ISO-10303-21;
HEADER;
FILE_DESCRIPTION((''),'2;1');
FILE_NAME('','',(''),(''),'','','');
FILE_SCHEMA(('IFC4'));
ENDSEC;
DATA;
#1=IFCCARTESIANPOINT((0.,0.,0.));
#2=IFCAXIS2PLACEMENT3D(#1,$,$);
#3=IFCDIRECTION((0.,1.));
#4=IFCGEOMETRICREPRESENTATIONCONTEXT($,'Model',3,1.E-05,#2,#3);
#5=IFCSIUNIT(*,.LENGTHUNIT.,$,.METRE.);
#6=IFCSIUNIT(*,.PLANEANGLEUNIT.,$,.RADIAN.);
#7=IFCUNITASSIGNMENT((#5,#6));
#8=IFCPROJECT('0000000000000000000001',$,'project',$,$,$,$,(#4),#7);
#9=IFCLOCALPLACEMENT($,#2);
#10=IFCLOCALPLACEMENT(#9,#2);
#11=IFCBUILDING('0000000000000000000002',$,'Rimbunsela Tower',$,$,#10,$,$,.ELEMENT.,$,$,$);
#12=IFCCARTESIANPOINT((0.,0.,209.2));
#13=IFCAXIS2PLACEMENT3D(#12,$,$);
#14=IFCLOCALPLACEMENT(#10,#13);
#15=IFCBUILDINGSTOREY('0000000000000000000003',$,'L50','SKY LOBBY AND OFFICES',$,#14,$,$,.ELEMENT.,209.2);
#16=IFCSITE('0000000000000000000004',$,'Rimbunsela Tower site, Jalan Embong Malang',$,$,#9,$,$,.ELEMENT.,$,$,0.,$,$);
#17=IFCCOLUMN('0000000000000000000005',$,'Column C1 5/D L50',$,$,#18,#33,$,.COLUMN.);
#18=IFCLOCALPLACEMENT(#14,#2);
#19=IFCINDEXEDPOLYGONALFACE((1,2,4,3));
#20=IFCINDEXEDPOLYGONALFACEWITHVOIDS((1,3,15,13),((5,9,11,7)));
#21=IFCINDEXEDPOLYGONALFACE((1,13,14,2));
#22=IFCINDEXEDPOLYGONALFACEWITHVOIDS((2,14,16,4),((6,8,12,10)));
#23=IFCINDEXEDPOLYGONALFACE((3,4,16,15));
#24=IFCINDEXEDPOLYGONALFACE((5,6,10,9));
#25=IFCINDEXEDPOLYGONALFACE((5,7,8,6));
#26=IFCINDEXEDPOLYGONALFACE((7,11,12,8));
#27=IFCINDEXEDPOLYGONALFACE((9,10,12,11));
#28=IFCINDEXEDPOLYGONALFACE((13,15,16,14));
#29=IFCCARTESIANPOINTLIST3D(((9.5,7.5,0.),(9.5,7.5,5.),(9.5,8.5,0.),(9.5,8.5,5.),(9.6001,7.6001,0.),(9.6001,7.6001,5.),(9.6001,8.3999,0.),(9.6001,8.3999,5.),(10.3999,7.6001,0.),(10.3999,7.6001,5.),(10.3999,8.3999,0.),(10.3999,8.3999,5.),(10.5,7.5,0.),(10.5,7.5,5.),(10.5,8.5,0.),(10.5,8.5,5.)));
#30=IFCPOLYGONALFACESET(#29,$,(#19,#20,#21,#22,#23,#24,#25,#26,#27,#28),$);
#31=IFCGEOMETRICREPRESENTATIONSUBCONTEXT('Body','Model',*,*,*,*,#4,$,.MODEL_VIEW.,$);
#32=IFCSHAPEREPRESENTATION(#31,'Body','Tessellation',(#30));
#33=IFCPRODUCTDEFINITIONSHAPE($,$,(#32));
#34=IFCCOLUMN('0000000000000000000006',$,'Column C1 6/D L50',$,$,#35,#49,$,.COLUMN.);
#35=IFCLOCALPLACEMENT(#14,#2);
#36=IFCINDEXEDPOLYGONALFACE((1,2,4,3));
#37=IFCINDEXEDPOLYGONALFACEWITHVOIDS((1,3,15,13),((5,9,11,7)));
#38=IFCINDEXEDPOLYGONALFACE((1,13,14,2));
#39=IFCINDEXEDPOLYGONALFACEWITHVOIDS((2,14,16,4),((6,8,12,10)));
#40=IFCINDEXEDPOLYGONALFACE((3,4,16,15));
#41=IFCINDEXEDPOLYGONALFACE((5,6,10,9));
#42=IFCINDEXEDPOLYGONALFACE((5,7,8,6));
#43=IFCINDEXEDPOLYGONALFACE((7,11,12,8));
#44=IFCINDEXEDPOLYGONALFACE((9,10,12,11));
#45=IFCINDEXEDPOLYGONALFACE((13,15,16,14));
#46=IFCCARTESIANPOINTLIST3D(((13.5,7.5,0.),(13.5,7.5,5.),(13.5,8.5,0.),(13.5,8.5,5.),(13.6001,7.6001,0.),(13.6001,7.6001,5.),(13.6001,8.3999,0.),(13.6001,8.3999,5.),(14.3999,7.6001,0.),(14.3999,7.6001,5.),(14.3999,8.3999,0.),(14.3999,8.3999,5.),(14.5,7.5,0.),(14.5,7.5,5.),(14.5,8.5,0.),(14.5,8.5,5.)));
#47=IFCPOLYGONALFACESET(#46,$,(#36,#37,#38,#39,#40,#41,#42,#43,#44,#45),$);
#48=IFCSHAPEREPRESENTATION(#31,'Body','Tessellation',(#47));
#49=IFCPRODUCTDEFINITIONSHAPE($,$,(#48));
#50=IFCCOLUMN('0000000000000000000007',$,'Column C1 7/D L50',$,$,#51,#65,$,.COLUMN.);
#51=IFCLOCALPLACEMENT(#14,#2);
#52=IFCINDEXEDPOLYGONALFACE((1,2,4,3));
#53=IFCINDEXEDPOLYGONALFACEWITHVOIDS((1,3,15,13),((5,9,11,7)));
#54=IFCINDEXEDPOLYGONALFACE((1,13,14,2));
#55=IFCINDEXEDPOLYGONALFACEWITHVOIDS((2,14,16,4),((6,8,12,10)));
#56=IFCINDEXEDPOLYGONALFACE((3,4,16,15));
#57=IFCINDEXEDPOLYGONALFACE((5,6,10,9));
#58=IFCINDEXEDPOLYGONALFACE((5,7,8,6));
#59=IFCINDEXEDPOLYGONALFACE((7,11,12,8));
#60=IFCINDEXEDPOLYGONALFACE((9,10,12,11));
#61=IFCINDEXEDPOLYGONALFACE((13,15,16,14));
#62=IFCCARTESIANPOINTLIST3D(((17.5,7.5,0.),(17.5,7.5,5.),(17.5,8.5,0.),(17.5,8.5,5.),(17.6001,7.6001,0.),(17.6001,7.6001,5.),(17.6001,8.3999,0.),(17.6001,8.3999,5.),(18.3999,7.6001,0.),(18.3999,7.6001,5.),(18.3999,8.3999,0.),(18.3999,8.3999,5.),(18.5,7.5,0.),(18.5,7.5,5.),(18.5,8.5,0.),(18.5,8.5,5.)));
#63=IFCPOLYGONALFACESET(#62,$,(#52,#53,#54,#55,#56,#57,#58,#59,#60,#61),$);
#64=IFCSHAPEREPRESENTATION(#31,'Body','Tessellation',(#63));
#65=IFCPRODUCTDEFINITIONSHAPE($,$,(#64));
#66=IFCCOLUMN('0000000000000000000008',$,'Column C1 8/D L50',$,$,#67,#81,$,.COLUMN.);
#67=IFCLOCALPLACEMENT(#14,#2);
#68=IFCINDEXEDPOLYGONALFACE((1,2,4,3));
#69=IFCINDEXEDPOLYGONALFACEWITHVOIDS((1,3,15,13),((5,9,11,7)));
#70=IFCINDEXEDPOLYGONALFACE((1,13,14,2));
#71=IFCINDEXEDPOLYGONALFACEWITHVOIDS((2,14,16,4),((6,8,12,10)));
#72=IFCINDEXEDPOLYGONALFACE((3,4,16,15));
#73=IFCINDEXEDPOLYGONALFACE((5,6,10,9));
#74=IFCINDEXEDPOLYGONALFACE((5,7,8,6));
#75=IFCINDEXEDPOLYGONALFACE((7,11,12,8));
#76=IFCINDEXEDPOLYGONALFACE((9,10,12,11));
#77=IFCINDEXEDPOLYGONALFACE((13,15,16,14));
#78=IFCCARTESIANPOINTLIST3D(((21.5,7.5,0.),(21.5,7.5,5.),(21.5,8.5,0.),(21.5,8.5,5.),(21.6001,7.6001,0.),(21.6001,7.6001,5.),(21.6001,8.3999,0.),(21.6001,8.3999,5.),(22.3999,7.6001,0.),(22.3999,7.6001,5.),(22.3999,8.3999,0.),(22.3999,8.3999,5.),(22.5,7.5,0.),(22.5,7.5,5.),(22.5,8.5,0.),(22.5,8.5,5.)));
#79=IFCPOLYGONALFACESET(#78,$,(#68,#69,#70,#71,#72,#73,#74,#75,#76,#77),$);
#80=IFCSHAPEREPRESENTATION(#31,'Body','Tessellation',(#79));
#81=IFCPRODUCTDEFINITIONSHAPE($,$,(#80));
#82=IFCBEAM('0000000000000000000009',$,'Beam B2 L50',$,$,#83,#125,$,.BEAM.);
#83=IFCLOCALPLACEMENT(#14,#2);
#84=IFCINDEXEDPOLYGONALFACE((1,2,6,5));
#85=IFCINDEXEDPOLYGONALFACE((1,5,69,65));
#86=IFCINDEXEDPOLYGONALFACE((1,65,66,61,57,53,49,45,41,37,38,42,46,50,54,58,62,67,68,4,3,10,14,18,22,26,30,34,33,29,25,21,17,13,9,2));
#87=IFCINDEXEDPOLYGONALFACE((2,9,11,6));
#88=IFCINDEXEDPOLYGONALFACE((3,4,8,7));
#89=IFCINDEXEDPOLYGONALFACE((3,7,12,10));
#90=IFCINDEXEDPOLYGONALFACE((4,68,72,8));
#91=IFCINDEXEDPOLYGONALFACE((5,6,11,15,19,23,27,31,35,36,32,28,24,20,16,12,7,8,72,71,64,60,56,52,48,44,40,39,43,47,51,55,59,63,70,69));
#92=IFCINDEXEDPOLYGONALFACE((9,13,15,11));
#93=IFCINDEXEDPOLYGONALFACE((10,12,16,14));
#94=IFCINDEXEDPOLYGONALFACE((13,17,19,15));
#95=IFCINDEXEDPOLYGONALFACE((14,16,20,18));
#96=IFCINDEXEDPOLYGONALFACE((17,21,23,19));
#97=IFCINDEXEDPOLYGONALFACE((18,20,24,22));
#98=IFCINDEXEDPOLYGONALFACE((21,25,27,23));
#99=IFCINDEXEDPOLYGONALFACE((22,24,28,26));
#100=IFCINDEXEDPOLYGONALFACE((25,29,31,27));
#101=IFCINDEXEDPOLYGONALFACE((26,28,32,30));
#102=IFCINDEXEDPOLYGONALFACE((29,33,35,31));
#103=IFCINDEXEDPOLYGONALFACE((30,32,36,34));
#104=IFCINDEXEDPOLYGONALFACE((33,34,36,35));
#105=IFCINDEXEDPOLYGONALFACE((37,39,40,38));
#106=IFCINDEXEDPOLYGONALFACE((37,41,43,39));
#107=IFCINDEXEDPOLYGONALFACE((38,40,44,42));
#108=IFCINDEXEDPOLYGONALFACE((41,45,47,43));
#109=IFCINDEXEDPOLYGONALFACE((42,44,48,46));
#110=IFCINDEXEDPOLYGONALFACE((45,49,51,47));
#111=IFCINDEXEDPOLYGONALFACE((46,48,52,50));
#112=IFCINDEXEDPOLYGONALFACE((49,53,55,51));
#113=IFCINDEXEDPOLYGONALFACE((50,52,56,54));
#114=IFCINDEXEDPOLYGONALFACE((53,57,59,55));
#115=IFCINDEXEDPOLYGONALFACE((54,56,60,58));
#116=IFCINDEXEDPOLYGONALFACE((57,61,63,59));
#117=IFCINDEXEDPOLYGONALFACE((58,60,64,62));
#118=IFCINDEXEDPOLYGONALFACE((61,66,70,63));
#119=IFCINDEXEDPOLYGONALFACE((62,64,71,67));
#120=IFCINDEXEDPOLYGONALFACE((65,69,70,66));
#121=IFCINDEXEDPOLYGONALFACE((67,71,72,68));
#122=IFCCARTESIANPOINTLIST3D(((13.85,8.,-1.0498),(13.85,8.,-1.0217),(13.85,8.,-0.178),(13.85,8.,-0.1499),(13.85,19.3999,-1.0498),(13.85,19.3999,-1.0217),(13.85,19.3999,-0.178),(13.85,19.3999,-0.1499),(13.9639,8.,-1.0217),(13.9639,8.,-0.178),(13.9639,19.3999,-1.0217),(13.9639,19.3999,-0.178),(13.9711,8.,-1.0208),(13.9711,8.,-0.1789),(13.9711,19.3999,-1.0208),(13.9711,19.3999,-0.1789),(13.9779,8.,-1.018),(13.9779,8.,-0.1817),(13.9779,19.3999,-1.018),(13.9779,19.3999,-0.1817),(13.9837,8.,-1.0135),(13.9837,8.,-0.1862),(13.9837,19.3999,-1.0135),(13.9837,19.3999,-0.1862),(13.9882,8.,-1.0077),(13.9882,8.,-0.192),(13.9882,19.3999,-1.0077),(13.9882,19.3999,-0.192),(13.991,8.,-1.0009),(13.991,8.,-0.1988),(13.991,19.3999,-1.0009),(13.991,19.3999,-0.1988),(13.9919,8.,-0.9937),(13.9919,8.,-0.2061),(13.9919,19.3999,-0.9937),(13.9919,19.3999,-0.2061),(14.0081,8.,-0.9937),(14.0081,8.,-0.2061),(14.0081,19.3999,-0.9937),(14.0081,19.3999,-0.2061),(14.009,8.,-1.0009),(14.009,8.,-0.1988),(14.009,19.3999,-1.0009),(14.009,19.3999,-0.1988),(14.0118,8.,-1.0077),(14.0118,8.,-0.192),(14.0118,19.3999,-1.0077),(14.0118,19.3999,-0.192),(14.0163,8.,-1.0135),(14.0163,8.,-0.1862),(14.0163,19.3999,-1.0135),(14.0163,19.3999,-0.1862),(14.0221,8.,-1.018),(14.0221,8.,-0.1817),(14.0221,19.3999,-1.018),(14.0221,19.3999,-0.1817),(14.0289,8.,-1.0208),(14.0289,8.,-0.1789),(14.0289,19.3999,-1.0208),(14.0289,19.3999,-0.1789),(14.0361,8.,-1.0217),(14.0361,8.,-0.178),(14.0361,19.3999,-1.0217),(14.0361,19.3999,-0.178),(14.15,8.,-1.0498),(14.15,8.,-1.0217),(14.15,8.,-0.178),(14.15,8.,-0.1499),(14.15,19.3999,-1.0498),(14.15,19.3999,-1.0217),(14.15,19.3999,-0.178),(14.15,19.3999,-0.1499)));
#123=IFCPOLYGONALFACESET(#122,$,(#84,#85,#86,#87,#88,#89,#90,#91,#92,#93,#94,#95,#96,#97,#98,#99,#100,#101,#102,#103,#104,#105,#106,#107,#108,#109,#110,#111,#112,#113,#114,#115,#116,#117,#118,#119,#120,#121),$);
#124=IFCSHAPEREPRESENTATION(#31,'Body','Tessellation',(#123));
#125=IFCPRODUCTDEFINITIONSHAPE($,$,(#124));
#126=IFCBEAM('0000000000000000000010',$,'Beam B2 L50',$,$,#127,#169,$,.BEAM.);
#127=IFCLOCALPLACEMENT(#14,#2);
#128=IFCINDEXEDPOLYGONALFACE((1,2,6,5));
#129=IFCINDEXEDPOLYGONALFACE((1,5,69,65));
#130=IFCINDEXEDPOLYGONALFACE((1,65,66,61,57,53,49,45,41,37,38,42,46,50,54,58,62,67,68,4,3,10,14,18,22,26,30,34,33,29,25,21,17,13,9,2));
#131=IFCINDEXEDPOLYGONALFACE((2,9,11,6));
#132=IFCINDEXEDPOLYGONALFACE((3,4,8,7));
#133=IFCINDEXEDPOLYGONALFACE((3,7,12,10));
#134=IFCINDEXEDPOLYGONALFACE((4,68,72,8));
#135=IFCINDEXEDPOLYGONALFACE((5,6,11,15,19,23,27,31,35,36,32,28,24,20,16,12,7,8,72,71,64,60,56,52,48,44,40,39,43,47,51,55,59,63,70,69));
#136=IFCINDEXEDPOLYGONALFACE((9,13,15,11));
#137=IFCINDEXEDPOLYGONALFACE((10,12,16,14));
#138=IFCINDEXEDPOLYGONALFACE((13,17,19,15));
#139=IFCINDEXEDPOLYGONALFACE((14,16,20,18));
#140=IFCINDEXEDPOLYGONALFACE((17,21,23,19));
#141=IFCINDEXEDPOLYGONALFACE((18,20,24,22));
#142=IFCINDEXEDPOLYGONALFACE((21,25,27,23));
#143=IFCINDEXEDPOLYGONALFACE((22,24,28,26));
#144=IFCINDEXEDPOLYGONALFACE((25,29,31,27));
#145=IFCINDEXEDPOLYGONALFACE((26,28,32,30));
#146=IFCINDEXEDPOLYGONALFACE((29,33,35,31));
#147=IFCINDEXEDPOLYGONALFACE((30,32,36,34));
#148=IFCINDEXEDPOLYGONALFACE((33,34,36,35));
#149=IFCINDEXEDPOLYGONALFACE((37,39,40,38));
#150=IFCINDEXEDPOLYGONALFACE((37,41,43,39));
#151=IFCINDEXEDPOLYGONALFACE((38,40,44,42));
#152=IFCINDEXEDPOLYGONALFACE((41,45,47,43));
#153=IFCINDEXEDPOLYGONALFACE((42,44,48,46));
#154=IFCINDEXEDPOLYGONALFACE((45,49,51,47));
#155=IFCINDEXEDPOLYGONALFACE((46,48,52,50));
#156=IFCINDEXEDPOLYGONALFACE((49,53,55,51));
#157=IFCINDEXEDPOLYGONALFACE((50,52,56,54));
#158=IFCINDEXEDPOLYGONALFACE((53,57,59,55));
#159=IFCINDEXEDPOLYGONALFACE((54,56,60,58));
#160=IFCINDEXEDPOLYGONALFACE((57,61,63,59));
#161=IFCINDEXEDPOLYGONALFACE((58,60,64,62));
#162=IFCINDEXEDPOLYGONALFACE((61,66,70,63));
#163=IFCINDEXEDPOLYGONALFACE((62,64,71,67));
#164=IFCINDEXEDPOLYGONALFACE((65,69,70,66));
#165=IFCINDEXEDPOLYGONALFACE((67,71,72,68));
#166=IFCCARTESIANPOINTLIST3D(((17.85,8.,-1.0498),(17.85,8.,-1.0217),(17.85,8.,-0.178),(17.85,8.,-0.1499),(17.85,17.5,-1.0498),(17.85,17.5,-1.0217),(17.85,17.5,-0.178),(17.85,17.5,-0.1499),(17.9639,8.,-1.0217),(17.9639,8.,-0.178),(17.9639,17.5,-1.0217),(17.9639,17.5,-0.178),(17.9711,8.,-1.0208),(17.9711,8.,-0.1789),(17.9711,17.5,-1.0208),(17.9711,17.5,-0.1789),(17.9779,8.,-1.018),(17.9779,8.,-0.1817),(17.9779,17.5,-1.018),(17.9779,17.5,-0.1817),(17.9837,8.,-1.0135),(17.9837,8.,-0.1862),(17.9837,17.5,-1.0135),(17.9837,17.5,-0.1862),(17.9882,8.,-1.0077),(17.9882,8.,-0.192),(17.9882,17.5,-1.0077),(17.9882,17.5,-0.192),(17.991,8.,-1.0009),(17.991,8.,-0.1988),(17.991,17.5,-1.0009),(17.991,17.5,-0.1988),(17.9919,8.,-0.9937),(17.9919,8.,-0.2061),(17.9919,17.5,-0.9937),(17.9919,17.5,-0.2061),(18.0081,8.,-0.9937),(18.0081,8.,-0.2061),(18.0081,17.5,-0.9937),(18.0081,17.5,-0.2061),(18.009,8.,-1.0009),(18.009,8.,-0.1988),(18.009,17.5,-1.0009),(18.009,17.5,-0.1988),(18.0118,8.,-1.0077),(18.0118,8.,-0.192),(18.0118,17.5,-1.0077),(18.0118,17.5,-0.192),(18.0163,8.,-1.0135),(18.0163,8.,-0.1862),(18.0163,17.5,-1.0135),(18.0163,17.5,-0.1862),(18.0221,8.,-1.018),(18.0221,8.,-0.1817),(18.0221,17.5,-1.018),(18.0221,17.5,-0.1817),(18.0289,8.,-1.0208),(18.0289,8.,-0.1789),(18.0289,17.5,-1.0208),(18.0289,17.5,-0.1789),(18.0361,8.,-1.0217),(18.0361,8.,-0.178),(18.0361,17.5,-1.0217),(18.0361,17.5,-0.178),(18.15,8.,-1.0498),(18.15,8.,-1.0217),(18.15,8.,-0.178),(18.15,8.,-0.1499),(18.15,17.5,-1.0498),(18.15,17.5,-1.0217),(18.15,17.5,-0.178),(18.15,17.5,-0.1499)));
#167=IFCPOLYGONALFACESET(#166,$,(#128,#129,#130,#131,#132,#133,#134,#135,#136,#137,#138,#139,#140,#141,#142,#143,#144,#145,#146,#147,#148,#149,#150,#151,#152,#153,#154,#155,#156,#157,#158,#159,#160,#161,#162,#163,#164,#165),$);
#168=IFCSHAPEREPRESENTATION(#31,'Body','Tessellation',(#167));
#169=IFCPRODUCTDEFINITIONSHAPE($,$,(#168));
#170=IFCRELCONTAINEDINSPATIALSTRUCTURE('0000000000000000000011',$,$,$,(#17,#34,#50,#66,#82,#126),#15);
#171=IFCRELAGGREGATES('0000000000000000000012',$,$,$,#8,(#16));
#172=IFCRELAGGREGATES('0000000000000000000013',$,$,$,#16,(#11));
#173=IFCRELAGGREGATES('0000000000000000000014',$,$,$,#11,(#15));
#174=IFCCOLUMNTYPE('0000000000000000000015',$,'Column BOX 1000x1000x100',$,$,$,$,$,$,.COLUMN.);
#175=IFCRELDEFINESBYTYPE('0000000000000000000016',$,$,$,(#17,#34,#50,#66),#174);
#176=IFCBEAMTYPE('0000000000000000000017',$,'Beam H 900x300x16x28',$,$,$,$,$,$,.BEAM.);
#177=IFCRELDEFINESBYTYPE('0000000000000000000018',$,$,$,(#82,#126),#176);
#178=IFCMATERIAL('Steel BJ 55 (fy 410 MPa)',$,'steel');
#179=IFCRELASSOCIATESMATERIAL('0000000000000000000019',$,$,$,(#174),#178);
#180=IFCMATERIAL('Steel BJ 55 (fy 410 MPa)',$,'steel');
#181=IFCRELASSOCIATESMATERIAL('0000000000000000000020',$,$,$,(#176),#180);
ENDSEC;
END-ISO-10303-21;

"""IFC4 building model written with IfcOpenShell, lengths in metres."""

from ifc_helpers import new_model, si_unit, direction, frame, origin, origin_2d, place, context, subcontext, project, spatial, hollow_rectangle, i_section, extrude, material, material_profile, profile_set, type_object, element, save


model = new_model("IFC4")

# Units and contexts
model_context = context("Model", 3, precision=1e-05, world=origin(), true_north=direction((0.0, 1.0)))
body_context = subcontext(model_context, "Body", "Model", "MODEL_VIEW")
ifc_project = project(units=[si_unit("LENGTHUNIT", "METRE"), si_unit("PLANEANGLEUNIT", "RADIAN")], contexts=[model_context])

# Site, building, storey
site_placement = place(None, origin())
site = spatial("IfcSite", under=ifc_project, at=site_placement, Name="Rimbunsela Tower site, Jalan Embong Malang", CompositionType="ELEMENT", RefElevation=0.0)
building_placement = place(site_placement, origin())
building = spatial("IfcBuilding", under=site, at=building_placement, Name="Rimbunsela Tower", CompositionType="ELEMENT")
storey_placement = place(building_placement, frame((0.0, 0.0, 209.2)))
storey = spatial("IfcBuildingStorey", under=building, at=storey_placement, Name="L50", Description="SKY LOBBY AND OFFICES", CompositionType="ELEMENT", Elevation=209.2)

# Columns
ifc_material_1 = material(Name="Steel BJ 55 (fy 410 MPa)", Category="steel")
ifc_material_profile_1 = material_profile(ifc_material_1, hollow_rectangle(XDim=1.0, YDim=1.0, WallThickness=0.1001, at=origin_2d()), Name="BOX 1000x1000x100")
ifc_profile_set_1 = profile_set([ifc_material_profile_1], Name="Steel BJ 55 (fy 410 MPa)")
column_type = type_object("IfcColumnType", Name="Column BOX 1000x1000x100", PredefinedType="COLUMN", material=ifc_profile_set_1)
for number, where, z_axis, x_axis, name in (
    (1, (10.0, 8.0, 0.0), (0.0, 0.0, 1.0), (1.0, 0.0, 0.0), "Column C1 5/D L50"),
    (2, (14.0, 8.0, 0.0), (0.0, 0.0, 1.0), (1.0, 0.0, 0.0), "Column C1 6/D L50"),
    (3, (18.0, 8.0, 0.0), (0.0, 0.0, 1.0), (1.0, 0.0, 0.0), "Column C1 7/D L50"),
    (4, (22.0, 8.0, 0.0), (0.0, 0.0, 1.0), (1.0, 0.0, 0.0), "Column C1 8/D L50"),
):
    element("IfcColumn", number, at=place(storey_placement, frame(where, z_axis=z_axis, x_axis=x_axis)), inside=storey, type_object=column_type, Name=name, PredefinedType="COLUMN", context=body_context, shape_type="SweptSolid", body=[
        extrude(hollow_rectangle(XDim=1.0, YDim=1.0, WallThickness=0.1001, at=origin_2d()), origin(), (0.0, 0.0, 1.0), 5.0),
    ])

# Beams
ifc_material_2 = material(Name="Steel BJ 55 (fy 410 MPa)", Category="steel")
ifc_material_profile_2 = material_profile(ifc_material_2, i_section(OverallWidth=0.3, OverallDepth=0.8999, WebThickness=0.0161, FlangeThickness=0.0281, FilletRadius=0.0281, at=origin_2d()), Name="H 900x300x16x28")
ifc_profile_set_2 = profile_set([ifc_material_profile_2], Name="Steel BJ 55 (fy 410 MPa)")
beam_type = type_object("IfcBeamType", Name="Beam H 900x300x16x28", PredefinedType="BEAM", material=ifc_profile_set_2)
beam_placement = place(storey_placement, frame((14.0, 8.0, -0.5999), z_axis=(0.0, 1.0, 0.0), x_axis=(-1.0, 0.0, 0.0)))
element("IfcBeam", 5, at=beam_placement, inside=storey, type_object=beam_type, Name="Beam B2 L50", PredefinedType="BEAM", context=body_context, shape_type="SweptSolid", body=[
    extrude(i_section(OverallWidth=0.3, OverallDepth=0.8999, WebThickness=0.0161, FlangeThickness=0.0281, FilletRadius=0.0281, at=origin_2d()), origin(), (0.0, 0.0, 1.0), 11.3999),
])
for number, where, z_axis, x_axis, name in (
    (6, (18.0, 8.0, -0.5999), (0.0, 1.0, 0.0), (-1.0, 0.0, 0.0), "Beam B2 L50"),
):
    element("IfcBeam", number, at=place(storey_placement, frame(where, z_axis=z_axis, x_axis=x_axis)), inside=storey, type_object=beam_type, Name=name, PredefinedType="BEAM", context=body_context, shape_type="SweptSolid", body=[
        extrude(i_section(OverallWidth=0.3, OverallDepth=0.8999, WebThickness=0.0161, FlangeThickness=0.0281, FilletRadius=0.0281, at=origin_2d()), origin(), (0.0, 0.0, 1.0), 9.5),
    ])

save(model, "model.ifc")
